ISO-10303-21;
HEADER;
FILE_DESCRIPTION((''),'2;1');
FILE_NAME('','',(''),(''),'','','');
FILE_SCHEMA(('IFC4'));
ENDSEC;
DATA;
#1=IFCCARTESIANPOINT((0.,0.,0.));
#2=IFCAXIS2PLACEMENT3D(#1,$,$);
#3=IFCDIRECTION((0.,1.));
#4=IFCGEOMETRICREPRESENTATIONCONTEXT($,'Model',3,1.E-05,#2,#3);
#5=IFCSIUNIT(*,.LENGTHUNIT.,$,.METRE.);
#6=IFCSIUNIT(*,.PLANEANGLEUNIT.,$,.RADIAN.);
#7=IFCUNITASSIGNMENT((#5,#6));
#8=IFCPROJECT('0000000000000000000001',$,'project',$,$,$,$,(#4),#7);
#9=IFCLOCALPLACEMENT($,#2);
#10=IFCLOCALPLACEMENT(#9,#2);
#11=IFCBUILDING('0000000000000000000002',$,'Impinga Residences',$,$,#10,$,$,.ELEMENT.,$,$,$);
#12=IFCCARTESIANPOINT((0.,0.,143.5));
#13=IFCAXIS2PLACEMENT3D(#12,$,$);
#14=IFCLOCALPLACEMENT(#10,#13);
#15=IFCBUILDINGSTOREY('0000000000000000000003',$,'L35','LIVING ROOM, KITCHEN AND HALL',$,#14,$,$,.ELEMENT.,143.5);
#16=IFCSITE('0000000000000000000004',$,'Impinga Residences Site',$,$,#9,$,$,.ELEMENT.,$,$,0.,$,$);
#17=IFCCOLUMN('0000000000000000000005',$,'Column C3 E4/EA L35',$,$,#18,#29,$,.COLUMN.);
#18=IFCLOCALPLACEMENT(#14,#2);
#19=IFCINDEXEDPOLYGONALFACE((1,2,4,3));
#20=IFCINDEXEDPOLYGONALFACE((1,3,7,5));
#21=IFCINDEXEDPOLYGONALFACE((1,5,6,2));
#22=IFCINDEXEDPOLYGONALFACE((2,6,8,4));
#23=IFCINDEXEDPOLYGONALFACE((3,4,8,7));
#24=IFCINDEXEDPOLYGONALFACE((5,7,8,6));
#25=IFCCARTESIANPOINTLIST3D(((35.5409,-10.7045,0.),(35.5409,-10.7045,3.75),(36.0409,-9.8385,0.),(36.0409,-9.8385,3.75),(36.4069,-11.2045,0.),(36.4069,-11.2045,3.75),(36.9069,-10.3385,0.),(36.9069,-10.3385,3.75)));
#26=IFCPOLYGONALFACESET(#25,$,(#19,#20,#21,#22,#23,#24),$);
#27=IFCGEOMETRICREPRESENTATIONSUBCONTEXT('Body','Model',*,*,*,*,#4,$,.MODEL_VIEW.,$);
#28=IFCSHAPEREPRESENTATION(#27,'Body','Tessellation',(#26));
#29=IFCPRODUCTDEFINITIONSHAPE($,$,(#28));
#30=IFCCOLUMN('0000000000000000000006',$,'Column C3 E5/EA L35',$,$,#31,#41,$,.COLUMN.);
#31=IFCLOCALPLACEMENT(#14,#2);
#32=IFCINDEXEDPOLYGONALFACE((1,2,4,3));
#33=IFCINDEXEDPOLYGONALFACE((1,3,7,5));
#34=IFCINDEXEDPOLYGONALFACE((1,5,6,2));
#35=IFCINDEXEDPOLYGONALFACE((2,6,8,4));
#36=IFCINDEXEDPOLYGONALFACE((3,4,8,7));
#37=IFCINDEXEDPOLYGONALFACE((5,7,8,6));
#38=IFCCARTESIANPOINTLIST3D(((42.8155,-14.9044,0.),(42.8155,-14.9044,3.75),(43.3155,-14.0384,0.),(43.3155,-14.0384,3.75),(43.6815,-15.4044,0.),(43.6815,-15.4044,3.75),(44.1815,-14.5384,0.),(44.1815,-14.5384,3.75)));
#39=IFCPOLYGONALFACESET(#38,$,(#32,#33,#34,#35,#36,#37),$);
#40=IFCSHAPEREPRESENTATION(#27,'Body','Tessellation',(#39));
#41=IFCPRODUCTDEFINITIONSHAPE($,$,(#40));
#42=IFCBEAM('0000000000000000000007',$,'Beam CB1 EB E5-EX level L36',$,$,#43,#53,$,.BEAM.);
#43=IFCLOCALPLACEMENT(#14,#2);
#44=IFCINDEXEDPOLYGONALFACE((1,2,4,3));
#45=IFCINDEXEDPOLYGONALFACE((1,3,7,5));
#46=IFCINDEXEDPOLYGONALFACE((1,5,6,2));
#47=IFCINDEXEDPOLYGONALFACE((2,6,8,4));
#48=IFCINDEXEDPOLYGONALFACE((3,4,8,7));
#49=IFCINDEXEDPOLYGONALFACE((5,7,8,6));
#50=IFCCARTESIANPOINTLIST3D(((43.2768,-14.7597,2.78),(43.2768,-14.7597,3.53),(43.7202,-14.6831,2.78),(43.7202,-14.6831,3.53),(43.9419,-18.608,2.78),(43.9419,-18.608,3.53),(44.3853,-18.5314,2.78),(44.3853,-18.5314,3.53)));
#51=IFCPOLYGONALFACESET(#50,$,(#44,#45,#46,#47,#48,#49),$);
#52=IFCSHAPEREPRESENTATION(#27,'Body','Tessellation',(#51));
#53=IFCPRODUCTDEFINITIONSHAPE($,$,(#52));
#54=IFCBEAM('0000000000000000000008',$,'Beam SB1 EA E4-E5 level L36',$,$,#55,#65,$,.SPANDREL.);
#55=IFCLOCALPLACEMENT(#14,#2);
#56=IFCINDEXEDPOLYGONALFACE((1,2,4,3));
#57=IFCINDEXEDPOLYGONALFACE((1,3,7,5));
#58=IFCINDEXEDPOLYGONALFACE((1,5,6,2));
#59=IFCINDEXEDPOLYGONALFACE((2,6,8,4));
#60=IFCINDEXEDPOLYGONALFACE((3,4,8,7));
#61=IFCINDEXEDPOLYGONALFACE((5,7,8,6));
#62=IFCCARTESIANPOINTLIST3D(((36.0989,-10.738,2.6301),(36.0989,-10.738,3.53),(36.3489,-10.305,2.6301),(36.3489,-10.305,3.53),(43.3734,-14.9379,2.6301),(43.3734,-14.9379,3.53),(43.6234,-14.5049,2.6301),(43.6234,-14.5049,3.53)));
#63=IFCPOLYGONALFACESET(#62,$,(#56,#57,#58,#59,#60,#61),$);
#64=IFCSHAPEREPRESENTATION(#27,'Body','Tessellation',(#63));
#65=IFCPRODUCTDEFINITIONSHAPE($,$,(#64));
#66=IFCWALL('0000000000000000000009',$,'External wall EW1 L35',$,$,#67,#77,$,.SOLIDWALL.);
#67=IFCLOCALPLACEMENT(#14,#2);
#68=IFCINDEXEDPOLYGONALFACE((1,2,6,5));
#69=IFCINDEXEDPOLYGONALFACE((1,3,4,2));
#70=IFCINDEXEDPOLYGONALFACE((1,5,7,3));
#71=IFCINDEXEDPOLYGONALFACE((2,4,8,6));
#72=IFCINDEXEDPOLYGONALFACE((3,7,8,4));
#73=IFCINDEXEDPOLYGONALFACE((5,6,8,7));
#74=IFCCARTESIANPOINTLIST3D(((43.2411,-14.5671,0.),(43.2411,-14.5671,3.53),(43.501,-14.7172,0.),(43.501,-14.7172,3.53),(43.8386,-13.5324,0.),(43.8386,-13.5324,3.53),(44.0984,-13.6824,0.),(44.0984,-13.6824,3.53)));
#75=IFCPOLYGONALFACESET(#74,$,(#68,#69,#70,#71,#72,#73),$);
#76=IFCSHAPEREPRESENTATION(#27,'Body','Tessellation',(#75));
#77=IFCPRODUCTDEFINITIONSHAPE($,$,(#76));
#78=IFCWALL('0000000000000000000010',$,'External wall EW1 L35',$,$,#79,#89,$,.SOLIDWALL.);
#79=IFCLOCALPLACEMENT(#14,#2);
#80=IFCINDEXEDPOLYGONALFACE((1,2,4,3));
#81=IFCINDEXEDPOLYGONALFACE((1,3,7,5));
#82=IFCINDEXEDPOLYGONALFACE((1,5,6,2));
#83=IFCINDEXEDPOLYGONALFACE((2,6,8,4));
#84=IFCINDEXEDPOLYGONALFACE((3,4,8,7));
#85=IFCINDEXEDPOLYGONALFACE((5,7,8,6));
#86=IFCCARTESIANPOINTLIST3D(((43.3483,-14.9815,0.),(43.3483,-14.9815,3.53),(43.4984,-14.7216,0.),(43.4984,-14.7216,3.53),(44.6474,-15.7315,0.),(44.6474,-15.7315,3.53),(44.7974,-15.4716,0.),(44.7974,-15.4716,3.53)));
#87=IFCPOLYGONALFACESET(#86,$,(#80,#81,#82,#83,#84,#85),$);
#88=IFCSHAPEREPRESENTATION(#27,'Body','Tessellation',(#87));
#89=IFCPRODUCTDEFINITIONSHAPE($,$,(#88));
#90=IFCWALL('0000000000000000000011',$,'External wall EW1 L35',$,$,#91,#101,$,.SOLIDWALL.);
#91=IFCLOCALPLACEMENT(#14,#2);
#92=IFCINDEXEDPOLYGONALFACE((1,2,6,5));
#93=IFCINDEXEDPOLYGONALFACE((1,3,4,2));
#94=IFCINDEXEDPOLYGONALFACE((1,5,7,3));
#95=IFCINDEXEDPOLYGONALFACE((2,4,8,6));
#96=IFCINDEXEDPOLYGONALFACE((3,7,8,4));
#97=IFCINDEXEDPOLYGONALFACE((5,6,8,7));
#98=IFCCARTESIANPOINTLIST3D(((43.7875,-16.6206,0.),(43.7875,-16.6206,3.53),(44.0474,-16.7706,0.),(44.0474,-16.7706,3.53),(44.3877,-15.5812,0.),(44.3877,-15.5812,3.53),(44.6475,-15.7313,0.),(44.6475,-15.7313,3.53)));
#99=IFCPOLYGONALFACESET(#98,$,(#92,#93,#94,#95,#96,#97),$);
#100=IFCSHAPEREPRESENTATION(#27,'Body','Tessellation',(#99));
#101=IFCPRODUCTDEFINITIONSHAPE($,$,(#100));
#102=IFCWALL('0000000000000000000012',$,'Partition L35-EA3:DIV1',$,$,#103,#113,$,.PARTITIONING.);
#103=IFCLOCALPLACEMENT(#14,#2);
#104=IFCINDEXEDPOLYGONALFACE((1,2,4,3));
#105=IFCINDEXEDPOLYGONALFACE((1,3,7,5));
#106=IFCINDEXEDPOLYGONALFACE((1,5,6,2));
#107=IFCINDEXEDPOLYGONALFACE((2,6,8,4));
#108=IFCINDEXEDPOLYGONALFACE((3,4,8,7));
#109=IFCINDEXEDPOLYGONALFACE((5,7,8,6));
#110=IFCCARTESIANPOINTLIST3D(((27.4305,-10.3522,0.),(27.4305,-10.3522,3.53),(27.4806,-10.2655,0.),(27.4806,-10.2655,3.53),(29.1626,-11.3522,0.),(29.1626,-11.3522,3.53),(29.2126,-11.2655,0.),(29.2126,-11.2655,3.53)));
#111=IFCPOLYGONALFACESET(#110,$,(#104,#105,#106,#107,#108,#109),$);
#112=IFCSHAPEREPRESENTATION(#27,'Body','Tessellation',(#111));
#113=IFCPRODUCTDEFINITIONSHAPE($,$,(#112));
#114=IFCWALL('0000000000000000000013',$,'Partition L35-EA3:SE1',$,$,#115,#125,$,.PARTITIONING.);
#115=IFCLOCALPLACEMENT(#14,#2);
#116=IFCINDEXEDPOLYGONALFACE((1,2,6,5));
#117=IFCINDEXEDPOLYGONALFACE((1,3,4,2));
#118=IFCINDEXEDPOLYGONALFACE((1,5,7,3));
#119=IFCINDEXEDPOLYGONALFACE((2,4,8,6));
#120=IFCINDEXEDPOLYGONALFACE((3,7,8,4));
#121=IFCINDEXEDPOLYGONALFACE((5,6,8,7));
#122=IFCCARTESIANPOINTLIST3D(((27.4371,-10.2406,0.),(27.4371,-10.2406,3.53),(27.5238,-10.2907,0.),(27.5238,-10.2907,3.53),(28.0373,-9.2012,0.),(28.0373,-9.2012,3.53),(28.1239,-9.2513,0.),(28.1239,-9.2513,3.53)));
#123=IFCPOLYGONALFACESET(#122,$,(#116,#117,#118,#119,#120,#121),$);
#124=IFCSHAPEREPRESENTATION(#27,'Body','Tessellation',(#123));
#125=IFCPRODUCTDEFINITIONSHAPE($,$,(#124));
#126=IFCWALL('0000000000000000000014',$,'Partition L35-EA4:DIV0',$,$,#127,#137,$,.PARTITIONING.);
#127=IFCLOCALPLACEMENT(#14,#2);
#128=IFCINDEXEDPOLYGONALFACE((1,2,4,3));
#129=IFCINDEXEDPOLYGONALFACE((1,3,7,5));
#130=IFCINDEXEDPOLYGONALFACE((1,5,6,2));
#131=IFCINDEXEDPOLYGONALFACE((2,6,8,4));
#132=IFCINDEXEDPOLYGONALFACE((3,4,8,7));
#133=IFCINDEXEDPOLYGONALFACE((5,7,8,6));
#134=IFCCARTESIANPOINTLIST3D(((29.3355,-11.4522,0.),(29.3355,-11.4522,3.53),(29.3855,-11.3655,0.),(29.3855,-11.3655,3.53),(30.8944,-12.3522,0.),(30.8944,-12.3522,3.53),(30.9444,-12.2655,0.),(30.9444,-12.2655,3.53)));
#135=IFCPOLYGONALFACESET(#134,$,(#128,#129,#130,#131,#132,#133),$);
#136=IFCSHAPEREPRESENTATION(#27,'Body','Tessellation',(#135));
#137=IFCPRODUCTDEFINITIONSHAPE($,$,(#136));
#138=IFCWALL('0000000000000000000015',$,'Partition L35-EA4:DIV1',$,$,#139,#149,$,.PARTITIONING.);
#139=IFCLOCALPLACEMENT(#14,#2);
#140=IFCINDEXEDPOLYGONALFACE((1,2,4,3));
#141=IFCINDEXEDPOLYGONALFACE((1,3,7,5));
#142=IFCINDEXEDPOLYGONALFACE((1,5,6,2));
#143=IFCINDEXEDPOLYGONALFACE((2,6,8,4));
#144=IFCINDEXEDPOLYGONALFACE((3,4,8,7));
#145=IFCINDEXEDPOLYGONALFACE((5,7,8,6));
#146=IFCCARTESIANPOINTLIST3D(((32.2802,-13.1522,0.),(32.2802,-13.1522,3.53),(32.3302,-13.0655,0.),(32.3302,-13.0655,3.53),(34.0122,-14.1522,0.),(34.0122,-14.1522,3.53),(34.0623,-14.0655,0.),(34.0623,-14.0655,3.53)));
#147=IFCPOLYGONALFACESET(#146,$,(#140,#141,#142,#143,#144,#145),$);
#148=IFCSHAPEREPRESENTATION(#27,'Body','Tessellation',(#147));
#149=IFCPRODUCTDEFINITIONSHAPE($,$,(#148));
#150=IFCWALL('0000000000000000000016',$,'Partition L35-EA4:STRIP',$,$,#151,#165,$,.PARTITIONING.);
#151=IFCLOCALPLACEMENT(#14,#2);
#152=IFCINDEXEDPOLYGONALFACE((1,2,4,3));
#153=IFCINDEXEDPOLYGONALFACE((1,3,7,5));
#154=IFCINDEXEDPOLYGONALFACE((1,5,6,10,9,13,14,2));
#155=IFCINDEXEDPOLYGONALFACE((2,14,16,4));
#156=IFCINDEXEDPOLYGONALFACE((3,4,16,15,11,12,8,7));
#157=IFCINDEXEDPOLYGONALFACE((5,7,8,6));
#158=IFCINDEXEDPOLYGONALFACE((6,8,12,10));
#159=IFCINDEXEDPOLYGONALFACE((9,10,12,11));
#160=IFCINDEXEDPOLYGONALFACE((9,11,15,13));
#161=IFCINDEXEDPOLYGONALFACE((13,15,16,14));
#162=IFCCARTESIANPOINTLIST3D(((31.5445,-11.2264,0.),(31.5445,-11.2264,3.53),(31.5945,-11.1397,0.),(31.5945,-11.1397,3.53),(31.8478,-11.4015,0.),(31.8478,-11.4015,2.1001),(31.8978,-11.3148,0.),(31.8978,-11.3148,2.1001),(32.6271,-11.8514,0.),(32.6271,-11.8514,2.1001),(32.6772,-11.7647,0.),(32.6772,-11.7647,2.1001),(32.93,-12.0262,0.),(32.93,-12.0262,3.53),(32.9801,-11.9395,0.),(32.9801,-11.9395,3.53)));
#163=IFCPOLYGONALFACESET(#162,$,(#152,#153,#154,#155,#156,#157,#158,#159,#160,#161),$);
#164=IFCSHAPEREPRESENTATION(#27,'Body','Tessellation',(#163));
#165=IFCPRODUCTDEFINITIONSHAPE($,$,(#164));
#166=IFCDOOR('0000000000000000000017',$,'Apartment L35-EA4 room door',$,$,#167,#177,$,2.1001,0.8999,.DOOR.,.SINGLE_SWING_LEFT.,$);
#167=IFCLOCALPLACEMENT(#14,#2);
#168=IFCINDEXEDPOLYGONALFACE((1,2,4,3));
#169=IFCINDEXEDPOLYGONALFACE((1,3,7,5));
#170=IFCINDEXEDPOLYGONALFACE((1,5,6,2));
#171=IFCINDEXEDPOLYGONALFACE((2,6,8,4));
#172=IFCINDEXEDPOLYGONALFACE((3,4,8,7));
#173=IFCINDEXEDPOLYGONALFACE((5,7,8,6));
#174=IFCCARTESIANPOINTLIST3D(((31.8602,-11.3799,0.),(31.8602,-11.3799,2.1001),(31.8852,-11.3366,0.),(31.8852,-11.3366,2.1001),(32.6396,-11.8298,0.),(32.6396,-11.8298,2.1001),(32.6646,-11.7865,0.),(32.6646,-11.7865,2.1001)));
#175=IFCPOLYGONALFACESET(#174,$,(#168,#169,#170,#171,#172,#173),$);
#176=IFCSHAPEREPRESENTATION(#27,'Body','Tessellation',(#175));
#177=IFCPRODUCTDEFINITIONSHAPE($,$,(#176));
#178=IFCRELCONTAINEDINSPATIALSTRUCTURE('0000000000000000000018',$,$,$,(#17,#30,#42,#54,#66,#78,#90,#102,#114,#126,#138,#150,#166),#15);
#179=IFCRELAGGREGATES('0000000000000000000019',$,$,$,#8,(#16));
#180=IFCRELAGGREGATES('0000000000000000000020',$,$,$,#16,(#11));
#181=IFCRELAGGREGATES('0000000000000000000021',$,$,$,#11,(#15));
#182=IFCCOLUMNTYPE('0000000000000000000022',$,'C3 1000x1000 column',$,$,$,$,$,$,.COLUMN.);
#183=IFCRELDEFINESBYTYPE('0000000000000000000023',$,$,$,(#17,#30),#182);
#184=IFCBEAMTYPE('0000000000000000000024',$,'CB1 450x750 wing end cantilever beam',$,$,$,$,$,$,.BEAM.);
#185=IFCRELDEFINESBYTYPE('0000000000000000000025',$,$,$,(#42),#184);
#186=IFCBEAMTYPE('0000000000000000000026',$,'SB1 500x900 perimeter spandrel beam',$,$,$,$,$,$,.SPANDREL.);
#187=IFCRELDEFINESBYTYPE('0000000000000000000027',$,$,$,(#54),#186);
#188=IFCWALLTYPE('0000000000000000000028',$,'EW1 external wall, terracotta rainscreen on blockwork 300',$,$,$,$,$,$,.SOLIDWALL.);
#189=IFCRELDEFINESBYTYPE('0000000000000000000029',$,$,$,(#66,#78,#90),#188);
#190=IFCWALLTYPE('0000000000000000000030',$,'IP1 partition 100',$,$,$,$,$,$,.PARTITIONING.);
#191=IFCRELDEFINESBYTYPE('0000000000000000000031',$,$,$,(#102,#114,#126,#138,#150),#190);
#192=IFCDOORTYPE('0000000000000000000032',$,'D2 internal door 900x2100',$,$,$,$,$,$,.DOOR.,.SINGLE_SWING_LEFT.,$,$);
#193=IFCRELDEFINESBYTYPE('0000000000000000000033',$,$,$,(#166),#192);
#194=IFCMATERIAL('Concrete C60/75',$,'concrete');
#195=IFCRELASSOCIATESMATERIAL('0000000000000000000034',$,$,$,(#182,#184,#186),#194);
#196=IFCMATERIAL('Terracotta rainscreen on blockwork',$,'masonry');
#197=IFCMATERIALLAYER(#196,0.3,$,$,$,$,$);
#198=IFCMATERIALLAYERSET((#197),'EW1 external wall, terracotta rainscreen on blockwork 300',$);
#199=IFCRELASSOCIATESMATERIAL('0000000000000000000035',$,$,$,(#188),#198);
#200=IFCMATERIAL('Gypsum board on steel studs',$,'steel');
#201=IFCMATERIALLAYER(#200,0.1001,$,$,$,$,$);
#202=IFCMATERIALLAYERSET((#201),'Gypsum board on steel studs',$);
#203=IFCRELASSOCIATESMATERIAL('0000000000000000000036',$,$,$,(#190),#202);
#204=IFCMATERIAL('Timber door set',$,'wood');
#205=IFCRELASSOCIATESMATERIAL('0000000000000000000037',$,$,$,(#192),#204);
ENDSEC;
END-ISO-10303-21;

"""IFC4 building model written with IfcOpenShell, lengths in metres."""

from ifc_helpers import new_model, si_unit, direction, frame, frame_2d, origin, origin_2d, place, context, subcontext, project, spatial, rectangle, extrude, material, layer, layer_set, material_profile, profile_set, type_object, element, fill, save


model = new_model("IFC4")

# Units and contexts
model_context = context("Model", 3, precision=1e-05, world=origin(), true_north=direction((0.0, 1.0)))
body_context = subcontext(model_context, "Body", "Model", "MODEL_VIEW")
ifc_project = project(units=[si_unit("LENGTHUNIT", "METRE"), si_unit("PLANEANGLEUNIT", "RADIAN")], contexts=[model_context])

# Site, building, storey
site_placement = place(None, origin())
site = spatial("IfcSite", under=ifc_project, at=site_placement, Name="Impinga Residences Site", CompositionType="ELEMENT", RefElevation=0.0)
building_placement = place(site_placement, origin())
building = spatial("IfcBuilding", under=site, at=building_placement, Name="Impinga Residences", CompositionType="ELEMENT")
storey_placement = place(building_placement, frame((0.0, 0.0, 143.5)))
storey = spatial("IfcBuildingStorey", under=building, at=storey_placement, Name="L35", Description="LIVING ROOM, KITCHEN AND HALL", CompositionType="ELEMENT", Elevation=143.5)

# Columns
ifc_material_1 = material(Name="Concrete C60/75", Category="concrete")
ifc_material_profile_1 = material_profile(ifc_material_1, rectangle(XDim=1.0, YDim=1.0, at=origin_2d()), Name="RC 1000x1000")
ifc_profile_set_1 = profile_set([ifc_material_profile_1], Name="Concrete C60/75")
column_type = type_object("IfcColumnType", Name="C3 1000x1000 column", PredefinedType="COLUMN", material=ifc_profile_set_1)
for number, where, z_axis, x_axis, name in (
    (1, (36.2239, -10.5215, 0.0), (0.0, 0.0, 1.0), (-0.5, -0.866025, 0.0), "Column C3 E4/EA L35"),
    (2, (43.4985, -14.7214, 0.0), (0.0, 0.0, 1.0), (-0.5, -0.866025, 0.0), "Column C3 E5/EA L35"),
):
    element("IfcColumn", number, at=place(storey_placement, frame(where, z_axis=z_axis, x_axis=x_axis)), inside=storey, type_object=column_type, Name=name, PredefinedType="COLUMN", context=body_context, shape_type="SweptSolid", body=[
        extrude(rectangle(XDim=1.0, YDim=1.0, at=origin_2d()), origin(), (0.0, 0.0, 1.0), 3.75),
    ])

# Beams
ifc_material_profile_2 = material_profile(ifc_material_1, rectangle(XDim=0.45, YDim=0.75, at=origin_2d()), Name="RC 450x750")
ifc_profile_set_2 = profile_set([ifc_material_profile_2], Name="Concrete C60/75")
beam_type_1 = type_object("IfcBeamType", Name="CB1 450x750 wing end cantilever beam", PredefinedType="BEAM", material=ifc_profile_set_2)
beam_1_placement = place(storey_placement, frame((43.4985, -14.7214, 3.155), z_axis=(0.170296, -0.985393, 0.0), x_axis=(0.985393, 0.170296, 0.0)))
element("IfcBeam", 3, at=beam_1_placement, inside=storey, type_object=beam_type_1, Name="Beam CB1 EB E5-EX level L36", PredefinedType="BEAM", context=body_context, shape_type="SweptSolid", body=[
    extrude(rectangle(XDim=0.45, YDim=0.75, at=origin_2d()), origin(), (0.0, 0.0, 1.0), 3.9053),
])
ifc_material_profile_3 = material_profile(ifc_material_1, rectangle(XDim=0.5, YDim=0.8999, at=origin_2d()), Name="RC 500x900")
ifc_profile_set_3 = profile_set([ifc_material_profile_3], Name="Concrete C60/75")
beam_type_2 = type_object("IfcBeamType", Name="SB1 500x900 perimeter spandrel beam", PredefinedType="SPANDREL", material=ifc_profile_set_3)
beam_2_placement = place(storey_placement, frame((36.2239, -10.5215, 3.0801), z_axis=(0.866029, -0.499993, 0.0), x_axis=(0.499993, 0.866029, 0.0)))
element("IfcBeam", 4, at=beam_2_placement, inside=storey, type_object=beam_type_2, Name="Beam SB1 EA E4-E5 level L36", PredefinedType="SPANDREL", context=body_context, shape_type="SweptSolid", body=[
    extrude(rectangle(XDim=0.5, YDim=0.8999, at=origin_2d()), origin(), (0.0, 0.0, 1.0), 8.3999),
])

# Walls
ifc_material_2 = material(Name="Terracotta rainscreen on blockwork", Category="masonry")
ifc_layer_1 = layer(ifc_material_2, 0.3)
ifc_layer_set_1 = layer_set([ifc_layer_1], Name="EW1 external wall, terracotta rainscreen on blockwork 300")
wall_type_1 = type_object("IfcWallType", Name="EW1 external wall, terracotta rainscreen on blockwork 300", PredefinedType="SOLIDWALL", material=ifc_layer_set_1)
wall_1_placement = place(storey_placement, frame((43.9685, -13.6074, 0.0), z_axis=(0.0, 0.0, 1.0), x_axis=(-0.500029, -0.866009, 0.0)))
element("IfcWall", 5, at=wall_1_placement, inside=storey, type_object=wall_type_1, Name="External wall EW1 L35", PredefinedType="SOLIDWALL", context=body_context, shape_type="SweptSolid", body=[
    extrude(rectangle(XDim=1.1948, YDim=0.3, at=frame_2d((0.5974, 0.0))), origin(), (0.0, 0.0, 1.0), 3.53),
])
wall_2_placement = place(storey_placement, frame((43.4233, -14.8516, 0.0), z_axis=(0.0, 0.0, 1.0), x_axis=(0.866031, -0.49999, 0.0)))
element("IfcWall", 6, at=wall_2_placement, inside=storey, type_object=wall_type_1, Name="External wall EW1 L35", PredefinedType="SOLIDWALL", context=body_context, shape_type="SweptSolid", body=[
    extrude(rectangle(XDim=1.5, YDim=0.3, at=frame_2d((0.75, 0.0))), origin(), (0.0, 0.0, 1.0), 3.53),
])
wall_3_placement = place(storey_placement, frame((44.5176, -15.6562, 0.0), z_axis=(0.0, 0.0, 1.0), x_axis=(-0.500034, -0.866006, 0.0)))
element("IfcWall", 7, at=wall_3_placement, inside=storey, type_object=wall_type_1, Name="External wall EW1 L35", PredefinedType="SOLIDWALL", context=body_context, shape_type="SweptSolid", body=[
    extrude(rectangle(XDim=1.2002, YDim=0.3, at=frame_2d((0.6001, 0.0))), origin(), (0.0, 0.0, 1.0), 3.53),
])
ifc_material_3 = material(Name="Gypsum board on steel studs", Category="steel")
ifc_layer_2 = layer(ifc_material_3, 0.1001)
ifc_layer_set_2 = layer_set([ifc_layer_2], Name="Gypsum board on steel studs")
wall_type_2 = type_object("IfcWallType", Name="IP1 partition 100", PredefinedType="PARTITIONING", material=ifc_layer_set_2)
wall_4_placement = place(storey_placement, frame((27.4556, -10.3088, 0.0), z_axis=(0.0, 0.0, 1.0), x_axis=(0.866011, -0.500025, 0.0)))
element("IfcWall", 8, at=wall_4_placement, inside=storey, type_object=wall_type_2, Name="Partition L35-EA3:DIV1", PredefinedType="PARTITIONING", context=body_context, shape_type="SweptSolid", body=[
    extrude(rectangle(XDim=2.0, YDim=0.1001, at=frame_2d((1.0, 0.0))), origin(), (0.0, 0.0, 1.0), 3.53),
])
wall_5_placement = place(storey_placement, frame((27.4805, -10.2656, 0.0), z_axis=(0.0, 0.0, 1.0), x_axis=(0.500034, 0.866006, 0.0)))
element("IfcWall", 9, at=wall_5_placement, inside=storey, type_object=wall_type_2, Name="Partition L35-EA3:SE1", PredefinedType="PARTITIONING", context=body_context, shape_type="SweptSolid", body=[
    extrude(rectangle(XDim=1.2002, YDim=0.1001, at=frame_2d((0.6001, 0.0))), origin(), (0.0, 0.0, 1.0), 3.53),
])
wall_6_placement = place(storey_placement, frame((29.3606, -11.4089, 0.0), z_axis=(0.0, 0.0, 1.0), x_axis=(0.866048, -0.499961, 0.0)))
element("IfcWall", 10, at=wall_6_placement, inside=storey, type_object=wall_type_2, Name="Partition L35-EA4:DIV0", PredefinedType="PARTITIONING", context=body_context, shape_type="SweptSolid", body=[
    extrude(rectangle(XDim=1.8, YDim=0.1001, at=frame_2d((0.8999, 0.0))), origin(), (0.0, 0.0, 1.0), 3.53),
])
wall_7_placement = place(storey_placement, frame((32.3052, -13.1089, 0.0), z_axis=(0.0, 0.0, 1.0), x_axis=(0.866041, -0.499973, 0.0)))
element("IfcWall", 11, at=wall_7_placement, inside=storey, type_object=wall_type_2, Name="Partition L35-EA4:DIV1", PredefinedType="PARTITIONING", context=body_context, shape_type="SweptSolid", body=[
    extrude(rectangle(XDim=2.0, YDim=0.1001, at=frame_2d((1.0, 0.0))), origin(), (0.0, 0.0, 1.0), 3.53),
])

# Wall, opening, door
wall_8_placement = place(storey_placement, frame((31.5696, -11.1831, 0.0), z_axis=(0.0, 0.0, 1.0), x_axis=(0.866056, -0.499947, 0.0)))
wall_8 = element("IfcWall", 12, at=wall_8_placement, inside=storey, type_object=wall_type_2, Name="Partition L35-EA4:STRIP", PredefinedType="PARTITIONING", context=body_context, shape_type="SweptSolid", body=[
    extrude(rectangle(XDim=1.5999, YDim=0.1001, at=frame_2d((0.7998, 0.0))), origin(), (0.0, 0.0, 1.0), 3.53),
])
opening_1_placement = place(wall_8_placement, frame((0.3501, 0.0, 0.0)))
opening_1 = element("IfcOpeningElement", 13, at=opening_1_placement, cuts=wall_8, PredefinedType="OPENING", context=body_context, shape_type="SweptSolid", body=[
    extrude(rectangle(XDim=0.8999, YDim=2.1001, at=frame_2d((0.45, 1.05))), frame((0.0, 0.0601, 0.0), z_axis=(0.0, -1.0, 0.0), x_axis=(1.0, 0.0, 0.0)), (0.0, 0.0, 1.0), 0.1201),
])
ifc_material_4 = material(Name="Timber door set", Category="wood")
door_type = type_object("IfcDoorType", Name="D2 internal door 900x2100", OperationType="SINGLE_SWING_LEFT", PredefinedType="DOOR", material=ifc_material_4)
door_1_placement = place(opening_1_placement, origin())
door_1 = element("IfcDoor", 14, at=door_1_placement, inside=storey, type_object=door_type, Name="Apartment L35-EA4 room door", OperationType="SINGLE_SWING_LEFT", OverallHeight=2.1001, OverallWidth=0.8999, PredefinedType="DOOR", context=body_context, shape_type="SweptSolid", body=[
    extrude(rectangle(XDim=0.8999, YDim=2.1001, at=frame_2d((0.45, 1.05))), frame((0.0, 0.0249, 0.0), z_axis=(0.0, -1.0, 0.0), x_axis=(1.0, 0.0, 0.0)), (0.0, 0.0, 1.0), 0.05),
])
fill(opening_1, door_1)

save(model, "model.ifc")
